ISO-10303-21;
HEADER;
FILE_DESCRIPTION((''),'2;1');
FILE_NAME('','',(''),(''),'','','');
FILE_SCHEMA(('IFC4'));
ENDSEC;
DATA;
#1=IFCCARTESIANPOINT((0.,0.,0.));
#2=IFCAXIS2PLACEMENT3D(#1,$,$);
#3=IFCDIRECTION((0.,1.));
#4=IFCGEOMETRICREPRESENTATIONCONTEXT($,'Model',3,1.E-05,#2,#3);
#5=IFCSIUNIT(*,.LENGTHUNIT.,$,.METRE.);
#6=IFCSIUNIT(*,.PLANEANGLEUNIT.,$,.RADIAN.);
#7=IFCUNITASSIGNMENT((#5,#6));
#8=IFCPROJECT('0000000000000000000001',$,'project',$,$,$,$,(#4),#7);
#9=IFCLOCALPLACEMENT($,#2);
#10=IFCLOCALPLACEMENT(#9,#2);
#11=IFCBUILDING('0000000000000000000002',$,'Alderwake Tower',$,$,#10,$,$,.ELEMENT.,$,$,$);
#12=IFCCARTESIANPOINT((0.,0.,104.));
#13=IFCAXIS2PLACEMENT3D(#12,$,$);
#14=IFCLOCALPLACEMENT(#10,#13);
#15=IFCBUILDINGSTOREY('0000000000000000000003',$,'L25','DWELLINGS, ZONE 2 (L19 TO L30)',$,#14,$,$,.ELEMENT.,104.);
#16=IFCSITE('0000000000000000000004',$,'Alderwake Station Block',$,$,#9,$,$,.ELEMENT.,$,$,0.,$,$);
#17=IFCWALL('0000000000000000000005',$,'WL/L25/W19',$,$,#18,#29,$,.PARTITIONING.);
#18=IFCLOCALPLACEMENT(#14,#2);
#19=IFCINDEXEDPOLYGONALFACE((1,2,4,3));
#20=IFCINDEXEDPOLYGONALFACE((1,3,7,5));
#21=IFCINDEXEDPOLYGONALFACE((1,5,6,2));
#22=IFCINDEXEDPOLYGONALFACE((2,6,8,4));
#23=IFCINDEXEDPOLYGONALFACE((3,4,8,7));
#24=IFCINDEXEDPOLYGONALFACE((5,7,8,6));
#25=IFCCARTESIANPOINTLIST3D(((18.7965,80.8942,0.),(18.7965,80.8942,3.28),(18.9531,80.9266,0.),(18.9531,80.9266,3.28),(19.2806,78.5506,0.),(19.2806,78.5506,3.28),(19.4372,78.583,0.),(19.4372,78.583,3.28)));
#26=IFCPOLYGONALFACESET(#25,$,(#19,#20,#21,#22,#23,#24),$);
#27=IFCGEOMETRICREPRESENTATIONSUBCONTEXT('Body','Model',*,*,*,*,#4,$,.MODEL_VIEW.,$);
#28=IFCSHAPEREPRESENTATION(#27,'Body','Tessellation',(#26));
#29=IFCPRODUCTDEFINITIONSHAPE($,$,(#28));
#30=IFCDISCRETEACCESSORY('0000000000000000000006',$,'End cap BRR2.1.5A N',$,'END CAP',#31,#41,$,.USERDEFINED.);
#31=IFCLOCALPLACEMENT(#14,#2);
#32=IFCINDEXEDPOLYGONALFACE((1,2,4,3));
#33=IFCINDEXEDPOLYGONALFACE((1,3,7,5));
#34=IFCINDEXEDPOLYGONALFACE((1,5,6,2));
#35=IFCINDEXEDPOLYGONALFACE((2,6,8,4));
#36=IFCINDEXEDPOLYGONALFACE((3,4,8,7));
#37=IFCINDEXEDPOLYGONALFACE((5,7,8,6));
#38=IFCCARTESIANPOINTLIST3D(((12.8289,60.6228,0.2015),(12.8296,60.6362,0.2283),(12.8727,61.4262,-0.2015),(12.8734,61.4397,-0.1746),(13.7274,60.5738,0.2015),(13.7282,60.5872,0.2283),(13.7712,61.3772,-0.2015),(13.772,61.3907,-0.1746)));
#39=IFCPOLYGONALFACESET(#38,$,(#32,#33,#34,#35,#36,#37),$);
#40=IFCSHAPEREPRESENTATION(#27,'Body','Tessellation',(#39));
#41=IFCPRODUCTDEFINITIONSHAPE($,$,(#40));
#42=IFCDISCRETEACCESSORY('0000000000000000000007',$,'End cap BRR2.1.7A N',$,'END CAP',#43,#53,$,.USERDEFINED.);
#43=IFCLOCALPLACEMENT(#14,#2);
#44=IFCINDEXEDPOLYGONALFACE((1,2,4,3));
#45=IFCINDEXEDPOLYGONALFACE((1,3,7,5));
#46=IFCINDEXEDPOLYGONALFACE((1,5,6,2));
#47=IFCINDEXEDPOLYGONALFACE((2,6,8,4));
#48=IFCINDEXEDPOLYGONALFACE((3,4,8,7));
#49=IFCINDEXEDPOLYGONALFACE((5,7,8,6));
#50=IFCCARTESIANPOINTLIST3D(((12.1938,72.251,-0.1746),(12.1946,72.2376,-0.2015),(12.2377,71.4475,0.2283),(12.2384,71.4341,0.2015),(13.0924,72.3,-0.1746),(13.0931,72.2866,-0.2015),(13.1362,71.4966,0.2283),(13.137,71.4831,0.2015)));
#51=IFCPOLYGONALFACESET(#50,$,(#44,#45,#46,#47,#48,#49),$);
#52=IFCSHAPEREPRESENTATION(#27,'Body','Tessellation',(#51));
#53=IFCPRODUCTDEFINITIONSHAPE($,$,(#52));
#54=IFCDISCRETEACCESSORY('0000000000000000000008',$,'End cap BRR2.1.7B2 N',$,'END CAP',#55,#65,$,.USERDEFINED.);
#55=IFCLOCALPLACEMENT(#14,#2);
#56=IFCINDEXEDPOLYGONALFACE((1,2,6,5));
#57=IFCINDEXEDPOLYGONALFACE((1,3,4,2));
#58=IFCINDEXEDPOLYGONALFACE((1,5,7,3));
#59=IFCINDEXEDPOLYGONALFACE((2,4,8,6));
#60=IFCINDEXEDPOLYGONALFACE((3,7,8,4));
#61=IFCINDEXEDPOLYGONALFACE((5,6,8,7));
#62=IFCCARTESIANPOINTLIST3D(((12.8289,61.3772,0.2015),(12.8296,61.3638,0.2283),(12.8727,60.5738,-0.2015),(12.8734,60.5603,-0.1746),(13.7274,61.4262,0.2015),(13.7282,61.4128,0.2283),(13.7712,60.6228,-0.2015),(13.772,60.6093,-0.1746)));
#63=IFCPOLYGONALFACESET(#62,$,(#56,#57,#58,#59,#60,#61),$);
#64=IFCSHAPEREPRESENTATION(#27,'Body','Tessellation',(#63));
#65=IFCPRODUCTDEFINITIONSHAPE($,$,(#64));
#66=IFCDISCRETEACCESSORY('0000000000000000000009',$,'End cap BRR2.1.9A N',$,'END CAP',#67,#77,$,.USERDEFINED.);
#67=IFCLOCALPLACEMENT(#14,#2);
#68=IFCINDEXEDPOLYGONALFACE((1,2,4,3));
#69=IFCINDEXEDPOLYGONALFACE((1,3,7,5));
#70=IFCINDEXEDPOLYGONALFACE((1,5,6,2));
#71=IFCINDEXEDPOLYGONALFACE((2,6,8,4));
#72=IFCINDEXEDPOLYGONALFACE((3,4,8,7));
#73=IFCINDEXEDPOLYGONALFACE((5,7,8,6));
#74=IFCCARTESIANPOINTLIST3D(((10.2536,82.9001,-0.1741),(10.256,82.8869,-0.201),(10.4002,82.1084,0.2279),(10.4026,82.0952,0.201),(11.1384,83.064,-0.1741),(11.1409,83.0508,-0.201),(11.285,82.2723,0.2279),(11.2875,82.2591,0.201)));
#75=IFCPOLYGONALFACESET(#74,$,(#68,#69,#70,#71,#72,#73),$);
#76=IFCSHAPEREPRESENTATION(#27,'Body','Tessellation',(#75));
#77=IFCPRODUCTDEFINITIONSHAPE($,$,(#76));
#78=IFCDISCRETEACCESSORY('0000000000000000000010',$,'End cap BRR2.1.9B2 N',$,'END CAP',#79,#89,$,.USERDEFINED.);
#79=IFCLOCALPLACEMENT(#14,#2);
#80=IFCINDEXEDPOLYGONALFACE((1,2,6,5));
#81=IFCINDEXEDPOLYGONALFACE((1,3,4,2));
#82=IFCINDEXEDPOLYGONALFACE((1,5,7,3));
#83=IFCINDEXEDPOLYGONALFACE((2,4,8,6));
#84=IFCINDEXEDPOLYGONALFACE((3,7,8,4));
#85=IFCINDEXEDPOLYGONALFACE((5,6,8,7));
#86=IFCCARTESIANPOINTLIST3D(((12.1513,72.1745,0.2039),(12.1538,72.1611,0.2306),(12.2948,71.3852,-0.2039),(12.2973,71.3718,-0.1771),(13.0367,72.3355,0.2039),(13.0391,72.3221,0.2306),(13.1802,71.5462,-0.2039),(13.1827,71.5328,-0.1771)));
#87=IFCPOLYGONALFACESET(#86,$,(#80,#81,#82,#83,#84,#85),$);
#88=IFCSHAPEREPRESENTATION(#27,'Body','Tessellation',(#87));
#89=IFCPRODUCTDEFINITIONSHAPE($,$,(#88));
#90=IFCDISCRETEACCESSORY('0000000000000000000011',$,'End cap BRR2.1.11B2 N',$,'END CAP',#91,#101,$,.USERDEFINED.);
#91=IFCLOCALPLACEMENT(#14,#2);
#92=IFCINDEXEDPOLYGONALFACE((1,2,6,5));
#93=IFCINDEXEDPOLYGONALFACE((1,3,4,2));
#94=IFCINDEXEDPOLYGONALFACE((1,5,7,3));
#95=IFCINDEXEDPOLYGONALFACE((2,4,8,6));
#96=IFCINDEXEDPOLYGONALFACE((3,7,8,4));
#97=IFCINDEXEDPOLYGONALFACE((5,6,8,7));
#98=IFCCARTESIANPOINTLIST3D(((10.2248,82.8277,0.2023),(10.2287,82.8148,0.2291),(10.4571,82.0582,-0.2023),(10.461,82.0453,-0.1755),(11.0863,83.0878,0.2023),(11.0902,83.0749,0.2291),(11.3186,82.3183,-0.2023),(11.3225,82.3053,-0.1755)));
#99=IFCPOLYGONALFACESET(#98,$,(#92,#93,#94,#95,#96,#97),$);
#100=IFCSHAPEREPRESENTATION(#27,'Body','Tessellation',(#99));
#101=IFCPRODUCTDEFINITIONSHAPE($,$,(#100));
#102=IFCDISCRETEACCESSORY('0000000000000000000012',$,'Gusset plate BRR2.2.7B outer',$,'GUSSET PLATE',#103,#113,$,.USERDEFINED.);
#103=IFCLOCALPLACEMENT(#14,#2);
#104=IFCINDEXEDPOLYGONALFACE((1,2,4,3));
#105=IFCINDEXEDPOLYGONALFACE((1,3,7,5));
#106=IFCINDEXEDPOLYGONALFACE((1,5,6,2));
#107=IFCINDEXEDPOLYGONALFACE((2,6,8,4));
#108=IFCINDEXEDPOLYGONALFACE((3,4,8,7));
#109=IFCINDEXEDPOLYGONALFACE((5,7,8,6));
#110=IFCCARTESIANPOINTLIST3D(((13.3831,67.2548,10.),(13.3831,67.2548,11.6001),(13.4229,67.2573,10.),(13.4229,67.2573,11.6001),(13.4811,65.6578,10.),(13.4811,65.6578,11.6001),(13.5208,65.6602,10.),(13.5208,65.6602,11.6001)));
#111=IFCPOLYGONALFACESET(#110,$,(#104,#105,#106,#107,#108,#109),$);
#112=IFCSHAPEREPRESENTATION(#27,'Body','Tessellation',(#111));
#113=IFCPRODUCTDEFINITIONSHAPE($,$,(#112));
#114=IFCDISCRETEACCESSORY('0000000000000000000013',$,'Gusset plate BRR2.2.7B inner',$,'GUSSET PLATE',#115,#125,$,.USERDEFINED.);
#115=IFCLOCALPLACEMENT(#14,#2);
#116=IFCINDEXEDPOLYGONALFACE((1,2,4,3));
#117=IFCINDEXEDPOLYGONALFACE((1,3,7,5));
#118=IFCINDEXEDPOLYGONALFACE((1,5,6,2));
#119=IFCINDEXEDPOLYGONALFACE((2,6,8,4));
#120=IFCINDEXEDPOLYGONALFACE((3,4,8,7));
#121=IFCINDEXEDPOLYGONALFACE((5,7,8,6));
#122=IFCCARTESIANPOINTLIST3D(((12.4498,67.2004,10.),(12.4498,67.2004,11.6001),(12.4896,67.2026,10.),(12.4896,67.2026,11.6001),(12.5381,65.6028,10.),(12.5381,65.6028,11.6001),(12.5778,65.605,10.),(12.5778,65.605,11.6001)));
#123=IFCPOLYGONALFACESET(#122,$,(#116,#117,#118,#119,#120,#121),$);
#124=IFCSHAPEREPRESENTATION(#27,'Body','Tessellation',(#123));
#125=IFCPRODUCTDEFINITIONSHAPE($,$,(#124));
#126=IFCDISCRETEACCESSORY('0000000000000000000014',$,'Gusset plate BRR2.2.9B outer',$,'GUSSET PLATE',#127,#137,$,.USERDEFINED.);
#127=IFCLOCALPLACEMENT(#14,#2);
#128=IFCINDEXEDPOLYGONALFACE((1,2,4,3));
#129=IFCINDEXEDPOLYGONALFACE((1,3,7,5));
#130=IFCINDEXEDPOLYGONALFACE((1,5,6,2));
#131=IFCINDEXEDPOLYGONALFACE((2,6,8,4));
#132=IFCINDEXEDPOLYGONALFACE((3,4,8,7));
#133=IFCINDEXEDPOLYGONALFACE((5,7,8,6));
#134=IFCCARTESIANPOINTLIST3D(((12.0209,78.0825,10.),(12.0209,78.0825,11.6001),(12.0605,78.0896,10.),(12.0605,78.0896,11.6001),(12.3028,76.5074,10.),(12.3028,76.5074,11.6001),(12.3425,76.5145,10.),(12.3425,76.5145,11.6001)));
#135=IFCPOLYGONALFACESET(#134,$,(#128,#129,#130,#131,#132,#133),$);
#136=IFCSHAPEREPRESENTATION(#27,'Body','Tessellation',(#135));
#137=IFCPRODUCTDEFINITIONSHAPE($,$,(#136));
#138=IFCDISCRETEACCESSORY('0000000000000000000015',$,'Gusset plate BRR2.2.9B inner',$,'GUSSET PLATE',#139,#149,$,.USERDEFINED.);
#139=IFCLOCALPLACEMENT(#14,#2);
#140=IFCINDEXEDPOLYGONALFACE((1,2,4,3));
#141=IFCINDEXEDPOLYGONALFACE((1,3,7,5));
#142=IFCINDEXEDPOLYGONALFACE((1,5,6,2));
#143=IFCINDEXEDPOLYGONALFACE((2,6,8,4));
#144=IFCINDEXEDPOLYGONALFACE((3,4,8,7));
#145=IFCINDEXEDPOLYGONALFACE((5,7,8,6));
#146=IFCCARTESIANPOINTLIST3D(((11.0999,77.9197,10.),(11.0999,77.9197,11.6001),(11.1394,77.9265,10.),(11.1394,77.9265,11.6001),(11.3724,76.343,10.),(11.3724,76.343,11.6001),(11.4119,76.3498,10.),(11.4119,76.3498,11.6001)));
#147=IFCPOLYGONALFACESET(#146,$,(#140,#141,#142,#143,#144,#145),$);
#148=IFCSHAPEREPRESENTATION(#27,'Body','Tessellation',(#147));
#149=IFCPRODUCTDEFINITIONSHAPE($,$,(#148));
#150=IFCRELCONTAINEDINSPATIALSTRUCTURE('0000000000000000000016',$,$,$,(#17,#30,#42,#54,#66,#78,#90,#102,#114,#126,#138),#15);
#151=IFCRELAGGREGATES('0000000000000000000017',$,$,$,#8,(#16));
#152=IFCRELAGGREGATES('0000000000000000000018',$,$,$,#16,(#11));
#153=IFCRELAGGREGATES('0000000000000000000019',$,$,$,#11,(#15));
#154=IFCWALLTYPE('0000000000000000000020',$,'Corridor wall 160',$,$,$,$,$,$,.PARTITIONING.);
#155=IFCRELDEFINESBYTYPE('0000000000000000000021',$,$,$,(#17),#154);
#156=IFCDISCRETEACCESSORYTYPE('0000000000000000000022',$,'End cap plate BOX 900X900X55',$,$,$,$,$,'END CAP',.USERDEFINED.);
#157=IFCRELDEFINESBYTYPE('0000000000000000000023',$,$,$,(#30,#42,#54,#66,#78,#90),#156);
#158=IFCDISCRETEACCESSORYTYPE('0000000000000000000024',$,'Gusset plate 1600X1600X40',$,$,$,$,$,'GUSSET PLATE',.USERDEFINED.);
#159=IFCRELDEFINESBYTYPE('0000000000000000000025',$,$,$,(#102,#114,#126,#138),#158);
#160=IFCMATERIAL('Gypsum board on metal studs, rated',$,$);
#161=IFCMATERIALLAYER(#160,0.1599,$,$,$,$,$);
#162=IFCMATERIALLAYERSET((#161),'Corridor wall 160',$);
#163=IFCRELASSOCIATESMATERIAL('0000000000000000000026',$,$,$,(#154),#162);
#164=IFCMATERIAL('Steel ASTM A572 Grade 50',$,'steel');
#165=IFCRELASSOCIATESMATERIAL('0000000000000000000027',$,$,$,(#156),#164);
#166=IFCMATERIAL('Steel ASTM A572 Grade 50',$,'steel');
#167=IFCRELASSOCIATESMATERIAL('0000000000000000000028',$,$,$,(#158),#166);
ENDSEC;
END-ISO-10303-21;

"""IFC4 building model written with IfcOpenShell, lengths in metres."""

from ifc_helpers import new_model, si_unit, direction, frame, frame_2d, origin, origin_2d, place, context, subcontext, project, spatial, rectangle, extrude, material, layer, layer_set, material_profile, profile_set, type_object, element, save


model = new_model("IFC4")

# Units and contexts
model_context = context("Model", 3, precision=1e-05, world=origin(), true_north=direction((0.0, 1.0)))
body_context = subcontext(model_context, "Body", "Model", "MODEL_VIEW")
ifc_project = project(units=[si_unit("LENGTHUNIT", "METRE"), si_unit("PLANEANGLEUNIT", "RADIAN")], contexts=[model_context])

# Site, building, storey
site_placement = place(None, origin())
site = spatial("IfcSite", under=ifc_project, at=site_placement, Name="Alderwake Station Block", CompositionType="ELEMENT", RefElevation=0.0)
building_placement = place(site_placement, origin())
building = spatial("IfcBuilding", under=site, at=building_placement, Name="Alderwake Tower", CompositionType="ELEMENT")
storey_placement = place(building_placement, frame((0.0, 0.0, 104.0)))
storey = spatial("IfcBuildingStorey", under=building, at=storey_placement, Name="L25", Description="DWELLINGS, ZONE 2 (L19 TO L30)", CompositionType="ELEMENT", Elevation=104.0)

# Wall
ifc_material_1 = material(Name="Gypsum board on metal studs, rated")
ifc_layer_1 = layer(ifc_material_1, 0.1599)
ifc_layer_set_1 = layer_set([ifc_layer_1], Name="Corridor wall 160")
wall_type_1 = type_object("IfcWallType", Name="Corridor wall 160", PredefinedType="PARTITIONING", material=ifc_layer_set_1)
wall_1_placement = place(storey_placement, frame((18.8748, 80.9104, 0.0), z_axis=(0.0, 0.0, 1.0), x_axis=(0.202312, -0.979321, 0.0)))
element("IfcWall", 1, at=wall_1_placement, inside=storey, type_object=wall_type_1, Name="WL/L25/W19", PredefinedType="PARTITIONING", context=body_context, shape_type="SweptSolid", body=[
    extrude(rectangle(XDim=2.3931, YDim=0.1599, at=frame_2d((1.1965, 0.0))), origin(), (0.0, 0.0, 1.0), 3.28),
])

# Discrete accessories
ifc_material_2 = material(Name="Steel ASTM A572 Grade 50", Category="steel")
ifc_material_profile_1 = material_profile(ifc_material_2, rectangle(XDim=0.8999, YDim=0.8999, at=origin_2d()), Name="BOX 900X900X55 cap")
ifc_profile_set_1 = profile_set([ifc_material_profile_1], Name="Steel ASTM A572 Grade 50")
discrete_accessory_type_1 = type_object("IfcDiscreteAccessoryType", Name="End cap plate BOX 900X900X55", ElementType="END CAP", PredefinedType="USERDEFINED", material=ifc_profile_set_1)
for number, where, z_axis, x_axis, name in (
    (2, (13.3, 61.0, 0.0), (0.024386, 0.447081, 0.894161), (-0.998516, 0.054464, 0.0), "End cap BRR2.1.5A N"),
    (3, (12.6658, 71.8604, 0.0), (-0.024386, 0.447081, 0.894161), (-0.998516, -0.054464, 0.0), "End cap BRR2.1.7A N"),
    (4, (13.3, 61.0, 0.0), (0.024386, -0.447081, 0.894161), (0.998516, 0.054464, 0.0), "End cap BRR2.1.7B2 N"),
    (5, (10.7717, 82.573, 0.0), (-0.081336, 0.439213, 0.894693), (-0.983282, -0.182089, 0.0), "End cap BRR2.1.9A N"),
    (6, (12.6658, 71.8604, 0.0), (0.081044, -0.445742, 0.891485), (0.98387, 0.178885, 0.0), "End cap BRR2.1.9B2 N"),
    (7, (10.7717, 82.573, 0.0), (0.129927, -0.430383, 0.893247), (0.957328, 0.289005, 0.0), "End cap BRR2.1.11B2 N"),
):
    element("IfcDiscreteAccessory", number, at=place(storey_placement, frame(where, z_axis=z_axis, x_axis=x_axis)), inside=storey, type_object=discrete_accessory_type_1, Name=name, ObjectType="END CAP", PredefinedType="USERDEFINED", context=body_context, shape_type="SweptSolid", body=[
        extrude(rectangle(XDim=0.8999, YDim=0.8999, at=origin_2d()), origin(), (0.0, 0.0, 1.0), 0.03),
    ])
ifc_material_3 = material(Name="Steel ASTM A572 Grade 50", Category="steel")
ifc_material_profile_2 = material_profile(ifc_material_3, rectangle(XDim=1.6001, YDim=1.6001, at=origin_2d()), Name="gusset 1600X1600")
ifc_profile_set_2 = profile_set([ifc_material_profile_2], Name="Steel ASTM A572 Grade 50")
discrete_accessory_type_2 = type_object("IfcDiscreteAccessoryType", Name="Gusset plate 1600X1600X40", ElementType="GUSSET PLATE", PredefinedType="USERDEFINED", material=ifc_profile_set_2)
for number, where, z_axis, x_axis, name in (
    (8, (13.4321, 66.4563, 10.8), (0.998123, 0.061235, 0.0), (-0.061235, 0.998123, 0.0), "Gusset plate BRR2.2.7B outer"),
    (9, (12.5337, 66.4038, 10.8), (-0.998479, -0.055131, 0.0), (0.055131, -0.998479, 0.0), "Gusset plate BRR2.2.7B inner"),
):
    element("IfcDiscreteAccessory", number, at=place(storey_placement, frame(where, z_axis=z_axis, x_axis=x_axis)), inside=storey, type_object=discrete_accessory_type_2, Name=name, ObjectType="GUSSET PLATE", PredefinedType="USERDEFINED", context=body_context, shape_type="SweptSolid", body=[
        extrude(rectangle(XDim=1.6001, YDim=1.6001, at=origin_2d()), origin(), (0.0, 0.0, 1.0), 0.0398),
    ])
discrete_accessory_1_placement = place(storey_placement, frame((12.1619, 77.2949, 10.8), z_axis=(0.984352, 0.176211, 0.0), x_axis=(-0.176211, 0.984352, 0.0)))
element("IfcDiscreteAccessory", 10, at=discrete_accessory_1_placement, inside=storey, type_object=discrete_accessory_type_2, Name="Gusset plate BRR2.2.9B outer", ObjectType="GUSSET PLATE", PredefinedType="USERDEFINED", context=body_context, shape_type="SweptSolid", body=[
    extrude(rectangle(XDim=1.6001, YDim=1.6001, at=origin_2d()), origin(), (0.0, 0.0, 1.0), 0.0403),
])
discrete_accessory_2_placement = place(storey_placement, frame((11.2756, 77.1382, 10.8), z_axis=(-0.98539, -0.170314, 0.0), x_axis=(0.170314, -0.98539, 0.0)))
element("IfcDiscreteAccessory", 11, at=discrete_accessory_2_placement, inside=storey, type_object=discrete_accessory_type_2, Name="Gusset plate BRR2.2.9B inner", ObjectType="GUSSET PLATE", PredefinedType="USERDEFINED", context=body_context, shape_type="SweptSolid", body=[
    extrude(rectangle(XDim=1.6001, YDim=1.6001, at=origin_2d()), origin(), (0.0, 0.0, 1.0), 0.04),
])

save(model, "model.ifc")
